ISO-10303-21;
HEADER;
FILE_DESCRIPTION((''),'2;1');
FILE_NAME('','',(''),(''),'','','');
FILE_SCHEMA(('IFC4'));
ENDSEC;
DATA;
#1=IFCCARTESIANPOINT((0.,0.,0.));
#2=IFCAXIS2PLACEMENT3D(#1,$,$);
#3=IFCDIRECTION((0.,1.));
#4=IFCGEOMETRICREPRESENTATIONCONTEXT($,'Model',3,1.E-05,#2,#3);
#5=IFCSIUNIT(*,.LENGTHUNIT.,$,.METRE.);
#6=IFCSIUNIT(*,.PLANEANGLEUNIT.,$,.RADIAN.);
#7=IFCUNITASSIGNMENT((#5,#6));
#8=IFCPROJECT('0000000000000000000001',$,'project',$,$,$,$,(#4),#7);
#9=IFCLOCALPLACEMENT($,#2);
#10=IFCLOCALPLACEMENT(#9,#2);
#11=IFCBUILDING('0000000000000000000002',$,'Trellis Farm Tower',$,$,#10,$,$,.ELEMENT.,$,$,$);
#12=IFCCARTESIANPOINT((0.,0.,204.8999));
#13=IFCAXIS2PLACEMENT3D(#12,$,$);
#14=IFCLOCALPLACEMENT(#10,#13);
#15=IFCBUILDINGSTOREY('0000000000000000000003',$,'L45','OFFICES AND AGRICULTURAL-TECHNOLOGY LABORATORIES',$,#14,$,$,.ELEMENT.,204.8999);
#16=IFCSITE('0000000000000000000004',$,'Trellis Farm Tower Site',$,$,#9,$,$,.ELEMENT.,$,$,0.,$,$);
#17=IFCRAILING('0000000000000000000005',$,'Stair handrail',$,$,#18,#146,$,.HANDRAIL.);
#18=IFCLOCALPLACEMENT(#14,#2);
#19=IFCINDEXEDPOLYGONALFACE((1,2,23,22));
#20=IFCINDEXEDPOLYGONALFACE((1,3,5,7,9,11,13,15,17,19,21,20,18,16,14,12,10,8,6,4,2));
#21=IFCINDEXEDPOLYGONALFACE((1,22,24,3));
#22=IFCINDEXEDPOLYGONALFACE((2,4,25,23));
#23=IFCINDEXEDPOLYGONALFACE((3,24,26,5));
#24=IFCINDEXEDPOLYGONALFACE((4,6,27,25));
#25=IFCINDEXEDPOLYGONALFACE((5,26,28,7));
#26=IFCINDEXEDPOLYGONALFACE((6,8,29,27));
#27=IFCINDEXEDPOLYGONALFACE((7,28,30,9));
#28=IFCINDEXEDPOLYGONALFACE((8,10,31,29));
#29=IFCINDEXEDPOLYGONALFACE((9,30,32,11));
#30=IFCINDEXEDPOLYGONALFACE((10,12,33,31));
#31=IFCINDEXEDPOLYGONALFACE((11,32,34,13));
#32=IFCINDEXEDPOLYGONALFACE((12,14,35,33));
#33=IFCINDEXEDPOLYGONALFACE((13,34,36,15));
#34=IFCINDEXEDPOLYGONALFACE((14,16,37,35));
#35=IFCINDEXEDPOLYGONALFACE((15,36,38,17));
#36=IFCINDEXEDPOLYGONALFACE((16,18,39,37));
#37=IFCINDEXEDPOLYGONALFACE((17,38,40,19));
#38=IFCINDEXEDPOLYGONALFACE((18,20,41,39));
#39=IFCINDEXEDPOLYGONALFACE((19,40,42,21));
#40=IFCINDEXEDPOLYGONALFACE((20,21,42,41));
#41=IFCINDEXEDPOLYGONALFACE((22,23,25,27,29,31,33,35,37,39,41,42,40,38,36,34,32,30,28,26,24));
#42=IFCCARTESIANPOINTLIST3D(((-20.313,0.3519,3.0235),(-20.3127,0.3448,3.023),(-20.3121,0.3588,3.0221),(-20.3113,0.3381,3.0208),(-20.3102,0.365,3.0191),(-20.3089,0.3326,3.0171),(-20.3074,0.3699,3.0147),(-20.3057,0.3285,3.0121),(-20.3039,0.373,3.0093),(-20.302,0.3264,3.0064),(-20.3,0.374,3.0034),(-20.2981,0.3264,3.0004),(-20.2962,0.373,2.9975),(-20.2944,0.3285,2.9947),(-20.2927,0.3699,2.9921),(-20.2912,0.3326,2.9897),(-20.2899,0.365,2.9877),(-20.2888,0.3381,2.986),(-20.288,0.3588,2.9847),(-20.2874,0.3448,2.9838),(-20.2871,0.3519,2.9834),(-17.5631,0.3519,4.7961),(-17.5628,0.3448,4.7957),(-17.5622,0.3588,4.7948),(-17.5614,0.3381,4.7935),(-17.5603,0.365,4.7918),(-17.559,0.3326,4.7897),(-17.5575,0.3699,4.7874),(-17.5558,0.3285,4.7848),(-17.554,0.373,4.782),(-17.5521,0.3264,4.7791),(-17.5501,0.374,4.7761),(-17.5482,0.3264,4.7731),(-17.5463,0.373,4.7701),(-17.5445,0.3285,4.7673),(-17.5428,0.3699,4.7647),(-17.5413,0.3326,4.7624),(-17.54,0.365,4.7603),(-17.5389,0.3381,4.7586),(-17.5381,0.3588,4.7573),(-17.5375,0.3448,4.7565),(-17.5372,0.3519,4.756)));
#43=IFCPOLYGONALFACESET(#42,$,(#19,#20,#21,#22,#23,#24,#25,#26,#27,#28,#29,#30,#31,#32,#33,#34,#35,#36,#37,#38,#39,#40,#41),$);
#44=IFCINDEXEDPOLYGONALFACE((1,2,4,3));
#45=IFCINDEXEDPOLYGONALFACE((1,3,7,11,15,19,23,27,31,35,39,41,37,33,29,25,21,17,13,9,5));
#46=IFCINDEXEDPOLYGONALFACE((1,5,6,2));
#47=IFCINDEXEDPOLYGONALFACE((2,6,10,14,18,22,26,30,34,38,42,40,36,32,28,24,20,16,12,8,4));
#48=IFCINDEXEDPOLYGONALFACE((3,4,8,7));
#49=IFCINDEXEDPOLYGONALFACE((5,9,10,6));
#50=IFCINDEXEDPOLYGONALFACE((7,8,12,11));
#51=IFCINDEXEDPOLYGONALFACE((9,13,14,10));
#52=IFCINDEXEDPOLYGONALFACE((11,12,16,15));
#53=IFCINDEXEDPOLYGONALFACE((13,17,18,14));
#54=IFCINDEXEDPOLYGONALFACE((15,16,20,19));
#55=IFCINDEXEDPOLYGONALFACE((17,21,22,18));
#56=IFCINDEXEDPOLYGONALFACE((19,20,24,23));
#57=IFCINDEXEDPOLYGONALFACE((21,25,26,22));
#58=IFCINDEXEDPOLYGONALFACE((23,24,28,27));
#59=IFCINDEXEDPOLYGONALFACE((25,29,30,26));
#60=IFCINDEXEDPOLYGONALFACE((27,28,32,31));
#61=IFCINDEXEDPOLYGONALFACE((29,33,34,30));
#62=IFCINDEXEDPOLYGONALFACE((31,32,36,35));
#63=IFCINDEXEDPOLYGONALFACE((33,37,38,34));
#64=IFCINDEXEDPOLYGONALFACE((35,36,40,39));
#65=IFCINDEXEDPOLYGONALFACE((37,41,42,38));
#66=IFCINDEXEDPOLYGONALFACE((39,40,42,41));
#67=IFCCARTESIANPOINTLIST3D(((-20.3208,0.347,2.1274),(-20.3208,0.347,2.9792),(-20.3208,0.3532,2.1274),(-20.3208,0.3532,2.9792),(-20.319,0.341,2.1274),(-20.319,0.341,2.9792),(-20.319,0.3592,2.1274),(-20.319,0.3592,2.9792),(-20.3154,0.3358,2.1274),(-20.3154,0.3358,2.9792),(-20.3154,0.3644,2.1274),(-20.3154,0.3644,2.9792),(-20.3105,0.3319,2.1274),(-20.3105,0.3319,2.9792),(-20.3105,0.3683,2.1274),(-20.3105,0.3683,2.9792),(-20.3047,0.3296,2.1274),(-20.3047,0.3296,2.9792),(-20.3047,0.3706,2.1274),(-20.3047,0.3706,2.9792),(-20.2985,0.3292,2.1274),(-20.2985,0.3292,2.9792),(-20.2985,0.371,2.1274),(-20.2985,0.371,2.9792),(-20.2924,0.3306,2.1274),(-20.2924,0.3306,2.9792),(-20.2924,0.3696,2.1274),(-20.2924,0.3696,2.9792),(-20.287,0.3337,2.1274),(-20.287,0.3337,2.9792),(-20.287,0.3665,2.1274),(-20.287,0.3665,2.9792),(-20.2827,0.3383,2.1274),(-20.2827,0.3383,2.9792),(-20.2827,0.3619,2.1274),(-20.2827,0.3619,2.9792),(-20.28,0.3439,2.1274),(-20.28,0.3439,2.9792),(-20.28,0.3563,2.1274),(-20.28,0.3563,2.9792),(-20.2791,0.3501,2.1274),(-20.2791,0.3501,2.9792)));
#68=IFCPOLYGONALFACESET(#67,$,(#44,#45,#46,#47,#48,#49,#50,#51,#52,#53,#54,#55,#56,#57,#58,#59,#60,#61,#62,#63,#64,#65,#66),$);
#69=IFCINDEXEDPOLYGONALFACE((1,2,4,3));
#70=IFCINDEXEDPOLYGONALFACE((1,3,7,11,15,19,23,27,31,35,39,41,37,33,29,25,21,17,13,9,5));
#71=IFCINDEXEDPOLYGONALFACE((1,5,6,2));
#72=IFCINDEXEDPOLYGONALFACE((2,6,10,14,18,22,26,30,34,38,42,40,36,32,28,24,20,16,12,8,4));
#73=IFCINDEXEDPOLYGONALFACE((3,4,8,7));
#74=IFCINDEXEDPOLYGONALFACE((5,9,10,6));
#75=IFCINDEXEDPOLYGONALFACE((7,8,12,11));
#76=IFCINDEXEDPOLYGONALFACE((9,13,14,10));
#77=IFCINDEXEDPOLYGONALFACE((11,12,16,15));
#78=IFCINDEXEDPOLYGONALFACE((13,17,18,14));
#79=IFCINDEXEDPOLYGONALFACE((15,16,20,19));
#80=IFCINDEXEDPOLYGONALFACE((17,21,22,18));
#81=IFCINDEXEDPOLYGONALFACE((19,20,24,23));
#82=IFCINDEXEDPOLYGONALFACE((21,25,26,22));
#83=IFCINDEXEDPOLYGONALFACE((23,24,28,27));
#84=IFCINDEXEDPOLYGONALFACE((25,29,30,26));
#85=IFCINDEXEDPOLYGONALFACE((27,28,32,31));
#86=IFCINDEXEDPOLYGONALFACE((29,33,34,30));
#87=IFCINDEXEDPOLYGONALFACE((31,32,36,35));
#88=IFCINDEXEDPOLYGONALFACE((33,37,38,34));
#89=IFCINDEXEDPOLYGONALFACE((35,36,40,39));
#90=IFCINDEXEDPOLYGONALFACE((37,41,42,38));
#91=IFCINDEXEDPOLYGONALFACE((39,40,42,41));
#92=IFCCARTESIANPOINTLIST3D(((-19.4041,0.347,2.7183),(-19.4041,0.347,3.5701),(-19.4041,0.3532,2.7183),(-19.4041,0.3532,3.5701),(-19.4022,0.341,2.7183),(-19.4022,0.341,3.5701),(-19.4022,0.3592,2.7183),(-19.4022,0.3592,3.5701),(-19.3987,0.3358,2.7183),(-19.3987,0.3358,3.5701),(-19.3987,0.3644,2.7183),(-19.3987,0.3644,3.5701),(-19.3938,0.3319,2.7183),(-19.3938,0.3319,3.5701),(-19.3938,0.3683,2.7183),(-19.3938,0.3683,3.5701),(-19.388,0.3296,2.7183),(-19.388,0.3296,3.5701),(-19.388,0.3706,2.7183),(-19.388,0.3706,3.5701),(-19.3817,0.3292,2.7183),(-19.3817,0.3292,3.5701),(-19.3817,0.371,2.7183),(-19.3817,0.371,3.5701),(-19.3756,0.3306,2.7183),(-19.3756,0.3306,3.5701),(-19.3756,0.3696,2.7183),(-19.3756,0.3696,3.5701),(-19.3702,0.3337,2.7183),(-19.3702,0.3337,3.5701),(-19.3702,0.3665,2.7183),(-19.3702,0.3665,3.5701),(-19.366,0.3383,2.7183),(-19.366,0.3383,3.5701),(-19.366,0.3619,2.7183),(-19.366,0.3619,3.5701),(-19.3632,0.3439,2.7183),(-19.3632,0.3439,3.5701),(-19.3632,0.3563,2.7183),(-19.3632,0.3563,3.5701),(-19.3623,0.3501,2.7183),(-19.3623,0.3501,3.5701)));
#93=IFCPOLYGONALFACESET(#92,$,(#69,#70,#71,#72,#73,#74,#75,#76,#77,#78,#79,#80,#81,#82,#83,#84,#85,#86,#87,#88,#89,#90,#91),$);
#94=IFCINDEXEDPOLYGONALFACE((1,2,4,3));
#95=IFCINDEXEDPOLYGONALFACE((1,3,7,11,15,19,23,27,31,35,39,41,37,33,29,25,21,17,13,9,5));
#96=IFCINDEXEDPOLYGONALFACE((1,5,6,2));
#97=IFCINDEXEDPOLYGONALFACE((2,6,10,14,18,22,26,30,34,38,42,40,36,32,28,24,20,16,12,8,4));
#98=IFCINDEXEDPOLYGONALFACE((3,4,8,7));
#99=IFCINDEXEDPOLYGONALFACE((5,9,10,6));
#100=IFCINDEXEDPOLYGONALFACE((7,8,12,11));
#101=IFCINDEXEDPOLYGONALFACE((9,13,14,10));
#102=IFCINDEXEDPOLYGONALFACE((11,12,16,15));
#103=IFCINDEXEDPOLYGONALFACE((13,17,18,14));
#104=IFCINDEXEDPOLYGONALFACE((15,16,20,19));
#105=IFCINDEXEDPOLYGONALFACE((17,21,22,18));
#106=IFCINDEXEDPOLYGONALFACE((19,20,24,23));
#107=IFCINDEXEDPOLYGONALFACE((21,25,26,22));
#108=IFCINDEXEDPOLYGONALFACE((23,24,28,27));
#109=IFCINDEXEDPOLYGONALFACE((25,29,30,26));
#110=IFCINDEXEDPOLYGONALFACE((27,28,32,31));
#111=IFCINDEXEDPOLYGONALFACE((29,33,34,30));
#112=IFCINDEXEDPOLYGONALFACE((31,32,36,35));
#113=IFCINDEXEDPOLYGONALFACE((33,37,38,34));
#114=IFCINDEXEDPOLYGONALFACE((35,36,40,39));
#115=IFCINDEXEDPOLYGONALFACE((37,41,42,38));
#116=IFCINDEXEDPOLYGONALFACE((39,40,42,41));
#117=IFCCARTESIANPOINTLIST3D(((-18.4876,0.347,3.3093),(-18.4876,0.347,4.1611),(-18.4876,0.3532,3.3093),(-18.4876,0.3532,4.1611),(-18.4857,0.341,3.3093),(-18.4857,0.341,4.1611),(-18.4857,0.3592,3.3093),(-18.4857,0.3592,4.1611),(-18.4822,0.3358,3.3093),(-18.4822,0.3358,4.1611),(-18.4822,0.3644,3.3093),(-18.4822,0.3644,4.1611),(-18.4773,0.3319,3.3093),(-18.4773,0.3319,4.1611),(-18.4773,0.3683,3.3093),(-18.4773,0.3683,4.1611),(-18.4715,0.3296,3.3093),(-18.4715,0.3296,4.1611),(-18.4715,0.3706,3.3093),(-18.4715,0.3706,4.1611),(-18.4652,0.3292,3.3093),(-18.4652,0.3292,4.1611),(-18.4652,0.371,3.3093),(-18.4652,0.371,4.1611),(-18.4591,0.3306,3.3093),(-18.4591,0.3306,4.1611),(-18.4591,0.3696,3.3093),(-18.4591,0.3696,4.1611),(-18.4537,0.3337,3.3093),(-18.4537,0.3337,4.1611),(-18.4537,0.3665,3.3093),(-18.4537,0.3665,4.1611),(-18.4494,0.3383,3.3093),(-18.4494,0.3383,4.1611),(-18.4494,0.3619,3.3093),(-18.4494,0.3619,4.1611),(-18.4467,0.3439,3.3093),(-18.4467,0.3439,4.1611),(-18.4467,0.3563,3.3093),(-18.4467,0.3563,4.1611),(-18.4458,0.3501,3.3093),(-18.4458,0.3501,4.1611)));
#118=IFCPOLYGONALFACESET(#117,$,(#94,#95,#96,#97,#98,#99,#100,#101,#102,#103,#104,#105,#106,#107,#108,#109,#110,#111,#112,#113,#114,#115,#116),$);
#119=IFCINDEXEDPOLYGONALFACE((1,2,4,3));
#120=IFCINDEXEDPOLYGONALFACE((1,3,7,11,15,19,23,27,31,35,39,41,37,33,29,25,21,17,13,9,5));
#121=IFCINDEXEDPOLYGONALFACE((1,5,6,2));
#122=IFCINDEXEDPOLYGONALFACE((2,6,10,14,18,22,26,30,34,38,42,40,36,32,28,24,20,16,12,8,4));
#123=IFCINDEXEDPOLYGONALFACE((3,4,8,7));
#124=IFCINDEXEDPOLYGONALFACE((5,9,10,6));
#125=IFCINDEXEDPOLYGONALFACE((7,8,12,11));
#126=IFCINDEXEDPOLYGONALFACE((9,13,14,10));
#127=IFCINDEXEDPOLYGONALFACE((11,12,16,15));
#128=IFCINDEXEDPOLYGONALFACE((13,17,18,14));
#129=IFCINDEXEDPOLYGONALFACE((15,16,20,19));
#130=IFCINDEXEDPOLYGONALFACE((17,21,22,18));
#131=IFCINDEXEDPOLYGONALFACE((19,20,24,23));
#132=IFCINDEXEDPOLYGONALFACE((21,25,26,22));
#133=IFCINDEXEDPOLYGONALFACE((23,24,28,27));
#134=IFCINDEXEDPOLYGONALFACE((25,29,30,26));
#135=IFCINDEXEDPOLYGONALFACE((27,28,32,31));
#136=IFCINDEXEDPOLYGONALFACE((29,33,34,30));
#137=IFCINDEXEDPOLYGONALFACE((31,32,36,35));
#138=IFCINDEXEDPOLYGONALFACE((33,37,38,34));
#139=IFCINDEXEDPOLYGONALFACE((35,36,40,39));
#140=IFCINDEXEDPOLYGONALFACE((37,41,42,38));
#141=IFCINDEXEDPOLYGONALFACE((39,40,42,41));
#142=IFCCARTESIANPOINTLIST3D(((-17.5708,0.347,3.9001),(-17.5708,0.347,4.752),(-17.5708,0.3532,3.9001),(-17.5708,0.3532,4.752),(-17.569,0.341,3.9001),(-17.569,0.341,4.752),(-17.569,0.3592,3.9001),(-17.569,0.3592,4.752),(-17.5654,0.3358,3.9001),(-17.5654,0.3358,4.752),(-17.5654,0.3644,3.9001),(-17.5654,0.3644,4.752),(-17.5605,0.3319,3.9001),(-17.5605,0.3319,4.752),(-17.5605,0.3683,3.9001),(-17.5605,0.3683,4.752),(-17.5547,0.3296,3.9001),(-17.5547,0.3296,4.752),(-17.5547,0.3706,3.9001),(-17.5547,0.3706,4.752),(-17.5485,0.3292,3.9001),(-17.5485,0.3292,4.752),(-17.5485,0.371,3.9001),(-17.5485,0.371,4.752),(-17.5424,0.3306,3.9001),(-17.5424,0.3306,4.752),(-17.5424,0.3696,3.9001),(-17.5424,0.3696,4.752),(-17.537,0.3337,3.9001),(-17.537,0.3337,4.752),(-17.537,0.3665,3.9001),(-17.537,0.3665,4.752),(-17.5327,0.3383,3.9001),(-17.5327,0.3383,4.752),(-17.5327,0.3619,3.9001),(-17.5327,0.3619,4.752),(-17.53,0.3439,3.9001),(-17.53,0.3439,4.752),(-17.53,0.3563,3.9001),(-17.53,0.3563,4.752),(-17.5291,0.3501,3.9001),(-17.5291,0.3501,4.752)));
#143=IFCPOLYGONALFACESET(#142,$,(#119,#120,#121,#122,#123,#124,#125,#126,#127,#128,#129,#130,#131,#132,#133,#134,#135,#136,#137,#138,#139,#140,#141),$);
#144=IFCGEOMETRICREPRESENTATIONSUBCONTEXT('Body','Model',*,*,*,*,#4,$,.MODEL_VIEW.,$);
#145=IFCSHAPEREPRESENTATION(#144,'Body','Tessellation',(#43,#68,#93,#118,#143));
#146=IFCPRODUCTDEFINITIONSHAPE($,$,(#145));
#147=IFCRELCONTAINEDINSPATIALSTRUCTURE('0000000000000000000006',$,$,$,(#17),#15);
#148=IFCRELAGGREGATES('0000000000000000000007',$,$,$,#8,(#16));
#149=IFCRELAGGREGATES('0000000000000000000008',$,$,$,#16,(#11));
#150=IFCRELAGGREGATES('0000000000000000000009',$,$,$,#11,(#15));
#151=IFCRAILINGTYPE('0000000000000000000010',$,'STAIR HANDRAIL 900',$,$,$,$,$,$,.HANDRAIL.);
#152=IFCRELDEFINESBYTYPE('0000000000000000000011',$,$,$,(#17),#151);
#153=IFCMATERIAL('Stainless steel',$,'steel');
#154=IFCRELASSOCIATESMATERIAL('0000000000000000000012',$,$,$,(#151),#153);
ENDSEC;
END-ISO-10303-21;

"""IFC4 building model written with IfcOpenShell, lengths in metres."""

from ifc_helpers import new_model, si_unit, direction, frame, origin, origin_2d, place, context, subcontext, project, spatial, circle, extrude, source, transform, mapped, material, type_object, element, save


model = new_model("IFC4")

# Units and contexts
model_context = context("Model", 3, precision=1e-05, world=origin(), true_north=direction((0.0, 1.0)))
body_context = subcontext(model_context, "Body", "Model", "MODEL_VIEW")
ifc_project = project(units=[si_unit("LENGTHUNIT", "METRE"), si_unit("PLANEANGLEUNIT", "RADIAN")], contexts=[model_context])

# Site, building, storey
site_placement = place(None, origin())
site = spatial("IfcSite", under=ifc_project, at=site_placement, Name="Trellis Farm Tower Site", CompositionType="ELEMENT", RefElevation=0.0)
building_placement = place(site_placement, origin())
building = spatial("IfcBuilding", under=site, at=building_placement, Name="Trellis Farm Tower", CompositionType="ELEMENT")
storey_placement = place(building_placement, frame((0.0, 0.0, 204.8999)))
storey = spatial("IfcBuildingStorey", under=building, at=storey_placement, Name="L45", Description="OFFICES AND AGRICULTURAL-TECHNOLOGY LABORATORIES", CompositionType="ELEMENT", Elevation=204.8999)

# Railing
ifc_material_1 = material(Name="Stainless steel", Category="steel")
railing_type = type_object("IfcRailingType", Name="STAIR HANDRAIL 900", PredefinedType="HANDRAIL", material=ifc_material_1)
shared_shape_1 = source(origin(), body_context, "Body", "SweptSolid", [
    extrude(circle(Radius=0.0239, at=origin_2d()), frame((0.0, 0.0, 0.876), z_axis=(0.840504, 0.0, 0.541806), x_axis=(0.0, 1.0, 0.0)), (0.0, 0.0, 1.0), 3.2717),
    extrude(circle(Radius=0.021, at=origin_2d()), origin(), (0.0, 0.0, 1.0), 0.8518),
    extrude(circle(Radius=0.021, at=origin_2d()), frame((0.9167, 0.0, 0.5908)), (0.0, 0.0, 1.0), 0.8518),
    extrude(circle(Radius=0.021, at=origin_2d()), frame((1.8333, 0.0, 1.1819)), (0.0, 0.0, 1.0), 0.8518),
    extrude(circle(Radius=0.021, at=origin_2d()), frame((2.75, 0.0, 1.7727)), (0.0, 0.0, 1.0), 0.8518),
])
for number, where, name in (
    (1, (-20.3, 0.3501, 2.1274), "Stair handrail"),
):
    element("IfcRailing", number, at=place(storey_placement, frame(where)), inside=storey, type_object=railing_type, Name=name, PredefinedType="HANDRAIL", context=body_context, shape_type="MappedRepresentation", body=[
        mapped(shared_shape_1, transform((0.0, 0.0, 0.0))),
    ])

save(model, "model.ifc")
